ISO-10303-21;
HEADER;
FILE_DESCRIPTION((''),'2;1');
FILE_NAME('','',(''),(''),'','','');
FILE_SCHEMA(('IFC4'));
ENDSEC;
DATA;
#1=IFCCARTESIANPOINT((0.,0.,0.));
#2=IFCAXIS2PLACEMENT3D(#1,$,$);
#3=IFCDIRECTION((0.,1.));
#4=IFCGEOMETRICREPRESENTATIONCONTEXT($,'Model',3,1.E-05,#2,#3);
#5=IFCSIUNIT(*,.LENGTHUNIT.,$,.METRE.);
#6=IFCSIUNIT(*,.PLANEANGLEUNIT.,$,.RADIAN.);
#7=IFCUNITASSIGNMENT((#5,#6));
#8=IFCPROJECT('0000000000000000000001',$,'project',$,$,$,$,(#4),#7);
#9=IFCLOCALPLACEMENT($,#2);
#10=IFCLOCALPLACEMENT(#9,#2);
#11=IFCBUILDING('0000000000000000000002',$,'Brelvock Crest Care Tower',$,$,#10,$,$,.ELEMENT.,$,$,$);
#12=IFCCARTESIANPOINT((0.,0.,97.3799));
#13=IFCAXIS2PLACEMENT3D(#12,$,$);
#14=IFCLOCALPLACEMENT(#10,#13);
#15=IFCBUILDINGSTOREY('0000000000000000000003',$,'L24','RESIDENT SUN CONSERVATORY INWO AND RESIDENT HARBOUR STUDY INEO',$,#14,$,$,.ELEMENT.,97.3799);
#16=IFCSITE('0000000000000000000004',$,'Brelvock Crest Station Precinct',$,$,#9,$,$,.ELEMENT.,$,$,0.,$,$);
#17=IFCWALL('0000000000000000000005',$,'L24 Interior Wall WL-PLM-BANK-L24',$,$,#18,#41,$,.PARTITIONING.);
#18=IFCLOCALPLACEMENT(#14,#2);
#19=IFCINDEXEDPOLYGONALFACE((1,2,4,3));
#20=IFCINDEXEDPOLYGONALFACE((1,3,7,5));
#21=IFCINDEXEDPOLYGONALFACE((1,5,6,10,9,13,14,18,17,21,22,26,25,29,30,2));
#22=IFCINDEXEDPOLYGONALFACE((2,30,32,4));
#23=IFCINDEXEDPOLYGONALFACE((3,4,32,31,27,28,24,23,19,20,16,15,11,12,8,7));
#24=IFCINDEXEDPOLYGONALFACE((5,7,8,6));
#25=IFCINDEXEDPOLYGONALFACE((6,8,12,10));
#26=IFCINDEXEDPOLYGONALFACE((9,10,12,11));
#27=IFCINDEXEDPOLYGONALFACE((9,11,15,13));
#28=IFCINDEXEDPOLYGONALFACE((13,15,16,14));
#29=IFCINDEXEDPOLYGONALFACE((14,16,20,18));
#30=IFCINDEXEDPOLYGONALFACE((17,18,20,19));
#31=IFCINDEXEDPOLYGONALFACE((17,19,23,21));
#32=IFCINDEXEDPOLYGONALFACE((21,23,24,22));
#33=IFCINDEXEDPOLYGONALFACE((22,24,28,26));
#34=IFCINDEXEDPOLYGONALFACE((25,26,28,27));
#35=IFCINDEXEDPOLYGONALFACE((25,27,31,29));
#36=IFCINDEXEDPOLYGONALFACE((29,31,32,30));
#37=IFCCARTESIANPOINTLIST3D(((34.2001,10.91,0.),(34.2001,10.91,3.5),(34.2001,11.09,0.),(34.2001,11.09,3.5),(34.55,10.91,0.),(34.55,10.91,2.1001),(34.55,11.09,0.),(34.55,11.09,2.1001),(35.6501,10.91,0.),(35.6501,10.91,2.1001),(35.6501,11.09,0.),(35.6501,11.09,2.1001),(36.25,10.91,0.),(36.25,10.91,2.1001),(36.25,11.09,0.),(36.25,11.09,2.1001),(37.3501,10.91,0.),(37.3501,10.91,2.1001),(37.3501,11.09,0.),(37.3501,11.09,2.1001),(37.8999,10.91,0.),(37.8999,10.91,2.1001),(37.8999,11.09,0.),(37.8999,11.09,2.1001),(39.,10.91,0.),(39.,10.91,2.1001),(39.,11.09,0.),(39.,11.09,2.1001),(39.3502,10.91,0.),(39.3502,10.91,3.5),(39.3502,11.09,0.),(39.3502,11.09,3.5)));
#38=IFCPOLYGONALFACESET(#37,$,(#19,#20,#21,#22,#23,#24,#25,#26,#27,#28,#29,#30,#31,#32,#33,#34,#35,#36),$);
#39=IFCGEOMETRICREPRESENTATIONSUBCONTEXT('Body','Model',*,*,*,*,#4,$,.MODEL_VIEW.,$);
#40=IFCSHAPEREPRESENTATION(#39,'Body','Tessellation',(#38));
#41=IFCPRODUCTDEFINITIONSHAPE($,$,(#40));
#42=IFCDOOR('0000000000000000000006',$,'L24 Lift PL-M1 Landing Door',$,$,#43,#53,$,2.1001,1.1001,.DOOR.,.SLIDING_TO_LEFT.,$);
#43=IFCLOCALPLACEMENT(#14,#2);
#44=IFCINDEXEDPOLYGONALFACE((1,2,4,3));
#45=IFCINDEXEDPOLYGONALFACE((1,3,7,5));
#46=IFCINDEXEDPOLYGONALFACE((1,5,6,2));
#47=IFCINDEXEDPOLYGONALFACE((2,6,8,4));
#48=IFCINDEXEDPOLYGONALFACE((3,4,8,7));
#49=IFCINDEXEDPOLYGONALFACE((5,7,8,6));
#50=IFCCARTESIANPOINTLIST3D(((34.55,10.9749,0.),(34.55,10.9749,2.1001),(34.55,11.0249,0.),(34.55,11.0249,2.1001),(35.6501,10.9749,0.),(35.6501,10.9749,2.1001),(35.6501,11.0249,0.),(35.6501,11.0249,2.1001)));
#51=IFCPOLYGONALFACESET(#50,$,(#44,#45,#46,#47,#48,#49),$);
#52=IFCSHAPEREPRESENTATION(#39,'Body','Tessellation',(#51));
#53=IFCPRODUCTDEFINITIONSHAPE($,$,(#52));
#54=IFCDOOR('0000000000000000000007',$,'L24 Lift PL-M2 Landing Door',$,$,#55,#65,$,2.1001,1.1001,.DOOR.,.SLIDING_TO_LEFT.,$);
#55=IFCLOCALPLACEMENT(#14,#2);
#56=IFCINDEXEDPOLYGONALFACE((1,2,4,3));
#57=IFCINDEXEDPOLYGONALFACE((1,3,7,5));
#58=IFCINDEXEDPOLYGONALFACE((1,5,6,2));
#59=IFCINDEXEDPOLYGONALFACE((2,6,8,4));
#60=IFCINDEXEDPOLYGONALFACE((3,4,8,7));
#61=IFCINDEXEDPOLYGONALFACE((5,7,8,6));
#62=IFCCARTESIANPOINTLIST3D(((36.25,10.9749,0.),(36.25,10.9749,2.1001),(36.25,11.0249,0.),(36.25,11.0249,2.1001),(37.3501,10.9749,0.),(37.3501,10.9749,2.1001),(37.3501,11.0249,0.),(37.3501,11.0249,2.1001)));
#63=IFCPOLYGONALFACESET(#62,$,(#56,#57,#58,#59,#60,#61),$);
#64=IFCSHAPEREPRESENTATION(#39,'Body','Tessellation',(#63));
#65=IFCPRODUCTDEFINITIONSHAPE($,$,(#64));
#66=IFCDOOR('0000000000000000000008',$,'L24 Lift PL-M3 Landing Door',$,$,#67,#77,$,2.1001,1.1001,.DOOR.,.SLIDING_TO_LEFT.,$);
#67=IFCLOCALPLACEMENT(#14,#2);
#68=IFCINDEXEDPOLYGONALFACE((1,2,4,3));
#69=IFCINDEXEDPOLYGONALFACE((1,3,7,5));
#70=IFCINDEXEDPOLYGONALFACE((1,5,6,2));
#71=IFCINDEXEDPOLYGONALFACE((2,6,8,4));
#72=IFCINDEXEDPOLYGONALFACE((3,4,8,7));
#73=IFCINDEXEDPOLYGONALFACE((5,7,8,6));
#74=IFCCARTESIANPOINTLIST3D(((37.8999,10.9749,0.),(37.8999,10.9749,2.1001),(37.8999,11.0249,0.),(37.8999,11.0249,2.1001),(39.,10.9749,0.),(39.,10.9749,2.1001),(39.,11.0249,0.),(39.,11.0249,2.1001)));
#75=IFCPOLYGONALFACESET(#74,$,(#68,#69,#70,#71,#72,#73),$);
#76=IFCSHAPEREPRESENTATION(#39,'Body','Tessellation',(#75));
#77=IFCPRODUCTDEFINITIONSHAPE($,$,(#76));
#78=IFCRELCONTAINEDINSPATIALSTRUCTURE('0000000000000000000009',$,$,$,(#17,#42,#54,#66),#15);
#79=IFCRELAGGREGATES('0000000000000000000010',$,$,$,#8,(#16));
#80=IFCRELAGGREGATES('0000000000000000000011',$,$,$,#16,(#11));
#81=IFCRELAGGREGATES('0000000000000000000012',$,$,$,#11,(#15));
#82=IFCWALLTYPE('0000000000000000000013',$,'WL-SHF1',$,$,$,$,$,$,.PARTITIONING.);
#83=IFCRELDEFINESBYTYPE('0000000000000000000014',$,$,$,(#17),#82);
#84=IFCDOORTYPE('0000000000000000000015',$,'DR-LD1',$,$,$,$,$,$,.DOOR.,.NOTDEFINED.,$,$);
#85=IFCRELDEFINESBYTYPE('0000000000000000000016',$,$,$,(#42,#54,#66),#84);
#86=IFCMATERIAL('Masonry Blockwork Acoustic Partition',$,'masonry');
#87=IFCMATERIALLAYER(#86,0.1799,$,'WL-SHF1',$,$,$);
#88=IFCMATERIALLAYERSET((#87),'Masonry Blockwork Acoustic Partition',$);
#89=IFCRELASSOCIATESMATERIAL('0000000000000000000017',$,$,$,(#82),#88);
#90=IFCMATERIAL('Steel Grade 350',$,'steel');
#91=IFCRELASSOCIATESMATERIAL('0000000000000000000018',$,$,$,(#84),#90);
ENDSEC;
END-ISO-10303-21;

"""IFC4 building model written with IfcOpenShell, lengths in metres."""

from ifc_helpers import new_model, si_unit, direction, frame, frame_2d, origin, origin_2d, place, context, subcontext, project, spatial, rectangle, extrude, source, transform, mapped, material, layer, layer_set, type_object, element, fill, save


model = new_model("IFC4")

# Units and contexts
model_context = context("Model", 3, precision=1e-05, world=origin(), true_north=direction((0.0, 1.0)))
body_context = subcontext(model_context, "Body", "Model", "MODEL_VIEW")
ifc_project = project(units=[si_unit("LENGTHUNIT", "METRE"), si_unit("PLANEANGLEUNIT", "RADIAN")], contexts=[model_context])

# Site, building, storey
site_placement = place(None, origin())
site = spatial("IfcSite", under=ifc_project, at=site_placement, Name="Brelvock Crest Station Precinct", CompositionType="ELEMENT", RefElevation=0.0)
building_placement = place(site_placement, origin())
building = spatial("IfcBuilding", under=site, at=building_placement, Name="Brelvock Crest Care Tower", CompositionType="ELEMENT")
storey_placement = place(building_placement, frame((0.0, 0.0, 97.3799)))
storey = spatial("IfcBuildingStorey", under=building, at=storey_placement, Name="L24", Description="RESIDENT SUN CONSERVATORY INWO AND RESIDENT HARBOUR STUDY INEO", CompositionType="ELEMENT", Elevation=97.3799)

# Shared definitions
ifc_material_1 = material(Name="Steel Grade 350", Category="steel")

# Shared definitions
ifc_material_2 = material(Name="Masonry Blockwork Acoustic Partition", Category="masonry")

# Shared definitions
ifc_layer_1 = layer(ifc_material_2, 0.1799, Name="WL-SHF1")
ifc_layer_set_1 = layer_set([ifc_layer_1], Name="Masonry Blockwork Acoustic Partition")
wall_type_1 = type_object("IfcWallType", Name="WL-SHF1", PredefinedType="PARTITIONING", material=ifc_layer_set_1)

# Wall, openings, doors
wall_1_placement = place(storey_placement, frame((34.2, 11.0, 0.0), z_axis=(0.0, 0.0, 1.0), x_axis=(1.0, 0.0, 0.0)))
wall_1 = element("IfcWall", 1, at=wall_1_placement, inside=storey, type_object=wall_type_1, Name="L24 Interior Wall WL-PLM-BANK-L24", PredefinedType="PARTITIONING", context=body_context, shape_type="SweptSolid", body=[
    extrude(rectangle(XDim=5.1501, YDim=0.1799, at=frame_2d((2.5752, 0.0))), origin(), (0.0, 0.0, 1.0), 3.5),
])
opening_1_placement = place(wall_1_placement, frame((0.3501, 0.0, 0.0)))
opening_1 = element("IfcOpeningElement", 2, at=opening_1_placement, cuts=wall_1, PredefinedType="OPENING", context=body_context, shape_type="SweptSolid", body=[
    extrude(rectangle(XDim=1.1001, YDim=2.1001, at=origin_2d()), frame((0.55, 0.1001, 1.05), z_axis=(0.0, -1.0, 0.0), x_axis=(1.0, 0.0, 0.0)), (0.0, 0.0, 1.0), 0.2),
])
opening_2_placement = place(wall_1_placement, frame((2.05, 0.0, 0.0)))
opening_2 = element("IfcOpeningElement", 3, at=opening_2_placement, cuts=wall_1, PredefinedType="OPENING", context=body_context, shape_type="SweptSolid", body=[
    extrude(rectangle(XDim=1.1001, YDim=2.1001, at=origin_2d()), frame((0.55, 0.1001, 1.05), z_axis=(0.0, -1.0, 0.0), x_axis=(1.0, 0.0, 0.0)), (0.0, 0.0, 1.0), 0.2),
])
opening_3_placement = place(wall_1_placement, frame((3.7, 0.0, 0.0)))
opening_3 = element("IfcOpeningElement", 4, at=opening_3_placement, cuts=wall_1, PredefinedType="OPENING", context=body_context, shape_type="SweptSolid", body=[
    extrude(rectangle(XDim=1.1001, YDim=2.1001, at=origin_2d()), frame((0.55, 0.1001, 1.05), z_axis=(0.0, -1.0, 0.0), x_axis=(1.0, 0.0, 0.0)), (0.0, 0.0, 1.0), 0.2),
])
door_type_1 = type_object("IfcDoorType", Name="DR-LD1", OperationType="NOTDEFINED", PredefinedType="DOOR", material=ifc_material_1)
shared_shape_1 = source(origin(), body_context, "Body", "SweptSolid", [
    extrude(rectangle(XDim=1.1001, YDim=2.1001, at=origin_2d()), frame((0.55, 0.0249, 1.05), z_axis=(0.0, -1.0, 0.0), x_axis=(1.0, 0.0, 0.0)), (0.0, 0.0, 1.0), 0.05),
])
door_1_placement = place(opening_1_placement, origin())
door_1 = element("IfcDoor", 5, at=door_1_placement, inside=storey, type_object=door_type_1, Name="L24 Lift PL-M1 Landing Door", OperationType="SLIDING_TO_LEFT", OverallHeight=2.1001, OverallWidth=1.1001, PredefinedType="DOOR", context=body_context, shape_type="MappedRepresentation", body=[
    mapped(shared_shape_1, transform((0.0, 0.0, 0.0), x_axis=(1.0, 0.0, 0.0), y_axis=(0.0, 1.0, 0.0), z_axis=(0.0, 0.0, 1.0), scale=1.0)),
])
fill(opening_1, door_1)
door_2_placement = place(opening_2_placement, origin())
door_2 = element("IfcDoor", 6, at=door_2_placement, inside=storey, type_object=door_type_1, Name="L24 Lift PL-M2 Landing Door", OperationType="SLIDING_TO_LEFT", OverallHeight=2.1001, OverallWidth=1.1001, PredefinedType="DOOR", context=body_context, shape_type="MappedRepresentation", body=[
    mapped(shared_shape_1, transform((0.0, 0.0, 0.0), x_axis=(1.0, 0.0, 0.0), y_axis=(0.0, 1.0, 0.0), z_axis=(0.0, 0.0, 1.0), scale=1.0)),
])
fill(opening_2, door_2)
door_3_placement = place(opening_3_placement, origin())
door_3 = element("IfcDoor", 7, at=door_3_placement, inside=storey, type_object=door_type_1, Name="L24 Lift PL-M3 Landing Door", OperationType="SLIDING_TO_LEFT", OverallHeight=2.1001, OverallWidth=1.1001, PredefinedType="DOOR", context=body_context, shape_type="MappedRepresentation", body=[
    mapped(shared_shape_1, transform((0.0, 0.0, 0.0), x_axis=(1.0, 0.0, 0.0), y_axis=(0.0, 1.0, 0.0), z_axis=(0.0, 0.0, 1.0), scale=1.0)),
])
fill(opening_3, door_3)

save(model, "model.ifc")
